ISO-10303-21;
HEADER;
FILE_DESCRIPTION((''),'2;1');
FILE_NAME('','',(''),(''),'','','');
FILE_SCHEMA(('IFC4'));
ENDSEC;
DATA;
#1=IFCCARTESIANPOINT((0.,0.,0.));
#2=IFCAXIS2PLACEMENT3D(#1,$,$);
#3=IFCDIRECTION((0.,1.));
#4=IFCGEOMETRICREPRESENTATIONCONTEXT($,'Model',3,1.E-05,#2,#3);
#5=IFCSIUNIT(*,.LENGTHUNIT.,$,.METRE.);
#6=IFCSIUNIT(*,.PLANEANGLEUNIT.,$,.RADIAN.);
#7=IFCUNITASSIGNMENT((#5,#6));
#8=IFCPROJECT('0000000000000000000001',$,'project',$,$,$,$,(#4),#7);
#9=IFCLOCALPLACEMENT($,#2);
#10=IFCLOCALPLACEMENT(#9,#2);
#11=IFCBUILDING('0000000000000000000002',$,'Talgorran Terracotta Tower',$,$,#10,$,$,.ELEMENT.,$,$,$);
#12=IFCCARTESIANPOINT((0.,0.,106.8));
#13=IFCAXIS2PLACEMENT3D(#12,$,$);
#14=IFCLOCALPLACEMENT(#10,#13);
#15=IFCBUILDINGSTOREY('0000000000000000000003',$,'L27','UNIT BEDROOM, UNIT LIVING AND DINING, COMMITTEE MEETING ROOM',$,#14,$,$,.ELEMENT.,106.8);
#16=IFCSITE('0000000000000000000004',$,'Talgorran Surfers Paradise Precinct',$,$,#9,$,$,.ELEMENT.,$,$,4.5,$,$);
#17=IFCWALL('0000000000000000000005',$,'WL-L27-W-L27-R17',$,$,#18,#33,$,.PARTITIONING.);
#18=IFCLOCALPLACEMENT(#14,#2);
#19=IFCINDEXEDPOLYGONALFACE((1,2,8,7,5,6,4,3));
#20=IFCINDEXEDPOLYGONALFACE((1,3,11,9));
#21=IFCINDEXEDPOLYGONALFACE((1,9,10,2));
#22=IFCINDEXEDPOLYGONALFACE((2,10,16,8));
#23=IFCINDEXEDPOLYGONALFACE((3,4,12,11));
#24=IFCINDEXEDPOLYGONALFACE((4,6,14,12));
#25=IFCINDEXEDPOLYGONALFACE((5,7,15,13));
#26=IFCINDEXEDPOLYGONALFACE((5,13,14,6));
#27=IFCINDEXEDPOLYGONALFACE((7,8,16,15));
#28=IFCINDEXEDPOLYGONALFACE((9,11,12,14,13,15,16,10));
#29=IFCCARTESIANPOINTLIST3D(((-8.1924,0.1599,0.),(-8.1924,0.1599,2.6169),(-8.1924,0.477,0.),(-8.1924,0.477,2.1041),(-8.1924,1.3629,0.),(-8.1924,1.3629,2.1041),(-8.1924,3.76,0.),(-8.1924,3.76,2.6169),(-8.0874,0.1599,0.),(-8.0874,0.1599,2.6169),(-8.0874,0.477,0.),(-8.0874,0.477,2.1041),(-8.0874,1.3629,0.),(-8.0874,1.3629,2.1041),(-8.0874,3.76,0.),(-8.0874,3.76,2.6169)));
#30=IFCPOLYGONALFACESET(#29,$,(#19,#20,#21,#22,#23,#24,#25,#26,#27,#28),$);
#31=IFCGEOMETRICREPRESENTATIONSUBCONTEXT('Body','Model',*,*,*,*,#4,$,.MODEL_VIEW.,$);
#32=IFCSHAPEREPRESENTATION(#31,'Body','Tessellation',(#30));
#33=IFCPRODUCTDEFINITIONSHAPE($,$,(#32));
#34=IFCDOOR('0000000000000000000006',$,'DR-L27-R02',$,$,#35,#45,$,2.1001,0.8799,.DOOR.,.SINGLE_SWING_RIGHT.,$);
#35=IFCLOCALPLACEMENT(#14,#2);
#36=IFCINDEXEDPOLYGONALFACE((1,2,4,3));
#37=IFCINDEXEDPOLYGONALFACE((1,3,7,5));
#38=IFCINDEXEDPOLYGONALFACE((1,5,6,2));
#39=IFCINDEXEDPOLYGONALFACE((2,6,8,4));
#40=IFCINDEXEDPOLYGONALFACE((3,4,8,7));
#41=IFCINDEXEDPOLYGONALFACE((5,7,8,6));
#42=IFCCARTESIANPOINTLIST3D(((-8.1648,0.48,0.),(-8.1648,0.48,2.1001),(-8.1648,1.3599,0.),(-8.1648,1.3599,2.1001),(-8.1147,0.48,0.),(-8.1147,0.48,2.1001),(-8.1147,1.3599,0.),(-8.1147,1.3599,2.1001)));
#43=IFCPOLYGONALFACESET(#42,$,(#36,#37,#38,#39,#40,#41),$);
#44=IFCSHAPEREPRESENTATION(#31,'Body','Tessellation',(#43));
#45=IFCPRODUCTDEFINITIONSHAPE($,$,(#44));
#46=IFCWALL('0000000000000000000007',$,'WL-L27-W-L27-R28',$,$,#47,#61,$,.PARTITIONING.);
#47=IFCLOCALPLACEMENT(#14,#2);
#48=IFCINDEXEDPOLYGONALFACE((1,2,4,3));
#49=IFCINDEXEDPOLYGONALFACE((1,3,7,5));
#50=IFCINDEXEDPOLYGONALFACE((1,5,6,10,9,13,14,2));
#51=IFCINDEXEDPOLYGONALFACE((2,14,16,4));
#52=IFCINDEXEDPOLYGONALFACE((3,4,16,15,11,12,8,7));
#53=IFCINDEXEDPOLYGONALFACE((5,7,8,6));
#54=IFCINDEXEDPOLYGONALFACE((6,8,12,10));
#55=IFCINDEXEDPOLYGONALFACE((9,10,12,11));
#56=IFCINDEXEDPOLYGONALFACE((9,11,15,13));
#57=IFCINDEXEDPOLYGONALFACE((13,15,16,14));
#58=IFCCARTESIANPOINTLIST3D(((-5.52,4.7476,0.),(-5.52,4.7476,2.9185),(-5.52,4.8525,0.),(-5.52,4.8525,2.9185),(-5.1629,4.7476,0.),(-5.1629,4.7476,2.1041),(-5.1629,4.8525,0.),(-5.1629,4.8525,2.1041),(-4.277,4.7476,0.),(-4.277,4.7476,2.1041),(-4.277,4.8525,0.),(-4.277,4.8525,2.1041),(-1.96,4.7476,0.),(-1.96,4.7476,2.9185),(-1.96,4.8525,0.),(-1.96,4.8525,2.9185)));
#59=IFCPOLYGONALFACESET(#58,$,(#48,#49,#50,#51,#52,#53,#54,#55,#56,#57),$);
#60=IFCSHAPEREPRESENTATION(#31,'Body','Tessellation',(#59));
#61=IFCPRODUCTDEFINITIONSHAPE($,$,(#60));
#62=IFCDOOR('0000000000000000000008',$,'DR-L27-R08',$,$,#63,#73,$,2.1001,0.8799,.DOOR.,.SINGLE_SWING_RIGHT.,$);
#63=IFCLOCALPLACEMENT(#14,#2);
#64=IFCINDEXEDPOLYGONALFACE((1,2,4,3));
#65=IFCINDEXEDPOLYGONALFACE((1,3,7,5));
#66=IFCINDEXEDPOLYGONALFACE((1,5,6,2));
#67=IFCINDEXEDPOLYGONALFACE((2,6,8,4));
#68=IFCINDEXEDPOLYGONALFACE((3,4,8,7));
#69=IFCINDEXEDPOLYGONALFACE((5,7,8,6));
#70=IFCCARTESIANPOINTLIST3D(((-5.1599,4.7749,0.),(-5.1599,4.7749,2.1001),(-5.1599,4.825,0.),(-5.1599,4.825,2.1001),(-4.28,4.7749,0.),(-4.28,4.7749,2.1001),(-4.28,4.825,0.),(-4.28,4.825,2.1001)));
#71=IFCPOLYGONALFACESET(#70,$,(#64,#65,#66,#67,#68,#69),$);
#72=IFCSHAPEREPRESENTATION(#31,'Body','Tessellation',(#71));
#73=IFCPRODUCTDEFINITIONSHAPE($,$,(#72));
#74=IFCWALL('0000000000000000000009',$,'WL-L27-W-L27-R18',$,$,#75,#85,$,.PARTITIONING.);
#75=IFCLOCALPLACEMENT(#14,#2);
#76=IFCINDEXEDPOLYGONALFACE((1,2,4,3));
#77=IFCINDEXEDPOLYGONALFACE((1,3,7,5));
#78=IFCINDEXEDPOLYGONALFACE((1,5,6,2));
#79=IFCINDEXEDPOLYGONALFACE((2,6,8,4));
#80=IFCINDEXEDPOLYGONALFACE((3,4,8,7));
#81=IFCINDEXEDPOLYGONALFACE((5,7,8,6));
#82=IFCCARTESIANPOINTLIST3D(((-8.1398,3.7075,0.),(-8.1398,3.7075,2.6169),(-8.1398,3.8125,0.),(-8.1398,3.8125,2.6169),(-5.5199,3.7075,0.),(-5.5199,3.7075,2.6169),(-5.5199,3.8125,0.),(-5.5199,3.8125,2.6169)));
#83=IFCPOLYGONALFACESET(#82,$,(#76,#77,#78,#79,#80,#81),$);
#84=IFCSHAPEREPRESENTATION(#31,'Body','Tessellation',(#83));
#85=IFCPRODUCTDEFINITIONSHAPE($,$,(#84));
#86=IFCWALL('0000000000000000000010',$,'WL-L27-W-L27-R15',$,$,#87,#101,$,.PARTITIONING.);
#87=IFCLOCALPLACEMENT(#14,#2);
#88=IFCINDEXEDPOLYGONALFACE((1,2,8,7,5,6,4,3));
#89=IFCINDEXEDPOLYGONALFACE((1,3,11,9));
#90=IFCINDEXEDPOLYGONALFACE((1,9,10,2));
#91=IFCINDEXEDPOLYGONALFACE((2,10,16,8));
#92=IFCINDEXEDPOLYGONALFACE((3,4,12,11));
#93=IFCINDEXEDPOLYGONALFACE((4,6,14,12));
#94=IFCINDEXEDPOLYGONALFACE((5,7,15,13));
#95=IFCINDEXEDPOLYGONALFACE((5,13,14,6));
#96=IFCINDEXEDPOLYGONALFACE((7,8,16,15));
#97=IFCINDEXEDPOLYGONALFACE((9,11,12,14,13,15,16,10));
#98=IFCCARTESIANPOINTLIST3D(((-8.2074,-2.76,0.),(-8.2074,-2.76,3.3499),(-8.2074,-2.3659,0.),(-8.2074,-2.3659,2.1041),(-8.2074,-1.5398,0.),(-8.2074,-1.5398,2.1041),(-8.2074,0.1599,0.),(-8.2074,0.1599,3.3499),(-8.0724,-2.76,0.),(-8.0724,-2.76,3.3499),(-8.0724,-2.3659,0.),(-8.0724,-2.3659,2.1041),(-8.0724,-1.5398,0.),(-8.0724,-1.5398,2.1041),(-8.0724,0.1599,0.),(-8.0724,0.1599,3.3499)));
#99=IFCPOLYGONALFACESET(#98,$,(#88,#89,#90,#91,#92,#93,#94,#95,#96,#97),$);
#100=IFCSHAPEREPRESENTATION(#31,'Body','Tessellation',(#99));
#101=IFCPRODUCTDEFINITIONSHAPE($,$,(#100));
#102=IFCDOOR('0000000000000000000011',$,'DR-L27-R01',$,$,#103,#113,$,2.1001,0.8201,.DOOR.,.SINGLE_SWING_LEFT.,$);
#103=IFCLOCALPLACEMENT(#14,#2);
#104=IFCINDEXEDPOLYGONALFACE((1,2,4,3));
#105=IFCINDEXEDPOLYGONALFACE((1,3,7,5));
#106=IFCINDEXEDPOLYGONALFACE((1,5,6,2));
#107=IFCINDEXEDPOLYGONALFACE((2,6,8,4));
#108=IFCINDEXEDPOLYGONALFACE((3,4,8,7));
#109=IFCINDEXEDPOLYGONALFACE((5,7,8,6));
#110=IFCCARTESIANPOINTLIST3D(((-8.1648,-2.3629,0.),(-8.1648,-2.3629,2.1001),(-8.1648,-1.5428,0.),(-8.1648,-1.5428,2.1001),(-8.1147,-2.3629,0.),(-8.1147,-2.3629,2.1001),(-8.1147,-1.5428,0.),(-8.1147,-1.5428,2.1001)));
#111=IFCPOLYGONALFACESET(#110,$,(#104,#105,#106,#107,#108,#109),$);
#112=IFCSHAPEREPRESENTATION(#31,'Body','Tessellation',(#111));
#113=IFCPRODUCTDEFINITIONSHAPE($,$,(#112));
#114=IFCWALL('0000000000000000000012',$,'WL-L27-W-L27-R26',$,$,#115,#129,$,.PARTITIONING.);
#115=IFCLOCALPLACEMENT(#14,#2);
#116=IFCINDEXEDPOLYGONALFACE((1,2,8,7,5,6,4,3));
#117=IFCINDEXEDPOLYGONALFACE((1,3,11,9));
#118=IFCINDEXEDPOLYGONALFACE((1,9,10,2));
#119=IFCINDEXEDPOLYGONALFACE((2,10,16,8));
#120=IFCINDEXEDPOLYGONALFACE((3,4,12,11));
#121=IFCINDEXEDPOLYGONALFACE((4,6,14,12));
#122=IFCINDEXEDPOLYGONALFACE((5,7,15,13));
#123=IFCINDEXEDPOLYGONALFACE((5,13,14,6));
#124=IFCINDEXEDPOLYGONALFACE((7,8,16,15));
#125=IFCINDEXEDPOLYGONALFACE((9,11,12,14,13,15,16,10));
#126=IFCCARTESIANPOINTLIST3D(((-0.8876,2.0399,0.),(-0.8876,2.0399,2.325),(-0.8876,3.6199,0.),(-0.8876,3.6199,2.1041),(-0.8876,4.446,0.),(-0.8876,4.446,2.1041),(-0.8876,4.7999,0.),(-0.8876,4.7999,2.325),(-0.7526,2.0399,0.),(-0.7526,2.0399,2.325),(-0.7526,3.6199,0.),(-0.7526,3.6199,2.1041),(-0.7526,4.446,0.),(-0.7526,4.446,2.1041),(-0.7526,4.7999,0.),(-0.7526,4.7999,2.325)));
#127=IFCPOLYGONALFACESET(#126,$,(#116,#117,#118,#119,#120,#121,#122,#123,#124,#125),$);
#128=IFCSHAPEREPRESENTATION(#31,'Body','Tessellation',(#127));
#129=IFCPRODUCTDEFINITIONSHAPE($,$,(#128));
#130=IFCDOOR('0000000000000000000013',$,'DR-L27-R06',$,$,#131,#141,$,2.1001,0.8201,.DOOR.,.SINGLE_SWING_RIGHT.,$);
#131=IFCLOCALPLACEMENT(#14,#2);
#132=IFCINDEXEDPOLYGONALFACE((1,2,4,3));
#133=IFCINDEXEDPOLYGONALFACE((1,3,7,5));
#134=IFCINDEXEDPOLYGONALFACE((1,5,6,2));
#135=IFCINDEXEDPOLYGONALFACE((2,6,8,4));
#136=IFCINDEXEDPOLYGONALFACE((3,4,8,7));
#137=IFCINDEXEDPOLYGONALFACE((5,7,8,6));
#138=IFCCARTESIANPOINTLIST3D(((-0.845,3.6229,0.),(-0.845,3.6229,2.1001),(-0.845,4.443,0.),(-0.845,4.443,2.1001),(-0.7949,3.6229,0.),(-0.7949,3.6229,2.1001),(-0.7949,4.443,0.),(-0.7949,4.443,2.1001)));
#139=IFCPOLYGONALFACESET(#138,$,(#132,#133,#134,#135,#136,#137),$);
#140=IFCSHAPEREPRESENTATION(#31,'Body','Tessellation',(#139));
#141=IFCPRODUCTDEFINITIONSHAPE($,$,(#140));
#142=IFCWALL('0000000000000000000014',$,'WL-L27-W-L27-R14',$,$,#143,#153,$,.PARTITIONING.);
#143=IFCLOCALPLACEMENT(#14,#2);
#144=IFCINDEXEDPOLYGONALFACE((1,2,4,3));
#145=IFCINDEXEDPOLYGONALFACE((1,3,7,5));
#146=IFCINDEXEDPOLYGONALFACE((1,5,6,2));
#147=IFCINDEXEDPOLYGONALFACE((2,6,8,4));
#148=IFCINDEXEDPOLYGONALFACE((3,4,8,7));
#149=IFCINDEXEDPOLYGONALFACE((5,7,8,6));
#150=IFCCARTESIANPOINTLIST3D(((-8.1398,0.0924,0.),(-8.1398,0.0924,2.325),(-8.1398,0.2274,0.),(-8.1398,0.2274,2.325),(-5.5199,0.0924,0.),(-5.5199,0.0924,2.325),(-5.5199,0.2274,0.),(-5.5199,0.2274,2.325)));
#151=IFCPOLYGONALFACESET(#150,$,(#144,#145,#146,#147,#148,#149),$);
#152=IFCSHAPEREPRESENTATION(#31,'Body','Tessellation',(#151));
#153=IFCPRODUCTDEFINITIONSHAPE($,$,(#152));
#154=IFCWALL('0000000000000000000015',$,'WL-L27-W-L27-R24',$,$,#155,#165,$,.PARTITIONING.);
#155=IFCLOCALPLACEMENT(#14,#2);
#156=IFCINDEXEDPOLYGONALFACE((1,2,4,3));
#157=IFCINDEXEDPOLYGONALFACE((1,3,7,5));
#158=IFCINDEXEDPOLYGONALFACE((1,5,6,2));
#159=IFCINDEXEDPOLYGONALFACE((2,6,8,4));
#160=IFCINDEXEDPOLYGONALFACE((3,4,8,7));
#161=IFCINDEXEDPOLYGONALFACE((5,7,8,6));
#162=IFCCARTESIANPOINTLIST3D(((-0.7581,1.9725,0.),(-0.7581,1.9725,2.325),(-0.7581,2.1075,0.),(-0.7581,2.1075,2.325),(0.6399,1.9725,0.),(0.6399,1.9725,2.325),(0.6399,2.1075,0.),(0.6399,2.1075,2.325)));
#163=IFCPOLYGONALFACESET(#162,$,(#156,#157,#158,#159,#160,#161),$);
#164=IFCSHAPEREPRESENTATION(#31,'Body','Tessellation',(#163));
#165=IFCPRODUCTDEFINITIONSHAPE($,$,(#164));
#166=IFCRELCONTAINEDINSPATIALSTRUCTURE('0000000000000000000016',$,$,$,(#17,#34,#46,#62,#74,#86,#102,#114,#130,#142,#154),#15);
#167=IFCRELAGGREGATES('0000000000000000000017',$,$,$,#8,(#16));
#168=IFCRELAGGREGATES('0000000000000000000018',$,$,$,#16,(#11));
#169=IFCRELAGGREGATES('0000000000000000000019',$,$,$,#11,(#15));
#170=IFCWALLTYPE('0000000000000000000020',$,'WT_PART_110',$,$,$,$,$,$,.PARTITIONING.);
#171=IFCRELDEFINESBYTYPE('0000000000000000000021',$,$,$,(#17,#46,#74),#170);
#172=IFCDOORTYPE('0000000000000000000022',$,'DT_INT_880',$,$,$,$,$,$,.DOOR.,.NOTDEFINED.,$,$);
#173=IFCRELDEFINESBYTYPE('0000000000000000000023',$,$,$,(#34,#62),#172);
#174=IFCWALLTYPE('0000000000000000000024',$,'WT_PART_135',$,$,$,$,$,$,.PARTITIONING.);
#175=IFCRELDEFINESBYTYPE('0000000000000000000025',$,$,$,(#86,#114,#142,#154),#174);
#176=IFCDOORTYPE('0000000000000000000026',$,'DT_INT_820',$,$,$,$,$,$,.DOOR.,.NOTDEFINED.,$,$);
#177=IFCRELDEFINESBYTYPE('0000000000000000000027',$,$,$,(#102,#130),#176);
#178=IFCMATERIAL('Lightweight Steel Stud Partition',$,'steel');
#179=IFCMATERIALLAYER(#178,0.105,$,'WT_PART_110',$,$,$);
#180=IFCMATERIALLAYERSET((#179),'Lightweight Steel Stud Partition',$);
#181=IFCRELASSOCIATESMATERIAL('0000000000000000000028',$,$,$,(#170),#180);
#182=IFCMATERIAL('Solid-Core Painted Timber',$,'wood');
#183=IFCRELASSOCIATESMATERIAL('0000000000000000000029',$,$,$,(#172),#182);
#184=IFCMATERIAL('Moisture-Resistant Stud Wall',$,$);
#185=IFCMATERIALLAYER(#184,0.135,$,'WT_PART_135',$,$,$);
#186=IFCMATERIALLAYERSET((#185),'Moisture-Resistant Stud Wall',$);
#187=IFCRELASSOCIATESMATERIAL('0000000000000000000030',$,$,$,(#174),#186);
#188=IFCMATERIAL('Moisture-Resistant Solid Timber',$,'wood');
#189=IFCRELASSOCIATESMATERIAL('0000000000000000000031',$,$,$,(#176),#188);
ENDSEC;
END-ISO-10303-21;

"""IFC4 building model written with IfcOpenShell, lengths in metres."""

from ifc_helpers import new_model, si_unit, direction, frame, frame_2d, origin, place, context, subcontext, project, spatial, rectangle, extrude, material, layer, layer_set, type_object, element, fill, save


model = new_model("IFC4")

# Units and contexts
model_context = context("Model", 3, precision=1e-05, world=origin(), true_north=direction((0.0, 1.0)))
body_context = subcontext(model_context, "Body", "Model", "MODEL_VIEW")
ifc_project = project(units=[si_unit("LENGTHUNIT", "METRE"), si_unit("PLANEANGLEUNIT", "RADIAN")], contexts=[model_context])

# Site, building, storey
site_placement = place(None, origin())
site = spatial("IfcSite", under=ifc_project, at=site_placement, Name="Talgorran Surfers Paradise Precinct", CompositionType="ELEMENT", RefElevation=4.5)
building_placement = place(site_placement, origin())
building = spatial("IfcBuilding", under=site, at=building_placement, Name="Talgorran Terracotta Tower", CompositionType="ELEMENT")
storey_placement = place(building_placement, frame((0.0, 0.0, 106.8)))
storey = spatial("IfcBuildingStorey", under=building, at=storey_placement, Name="L27", Description="UNIT BEDROOM, UNIT LIVING AND DINING, COMMITTEE MEETING ROOM", CompositionType="ELEMENT", Elevation=106.8)

# Walls, openings, doors
ifc_material_1 = material(Name="Lightweight Steel Stud Partition", Category="steel")
ifc_layer_1 = layer(ifc_material_1, 0.105, Name="WT_PART_110")
ifc_layer_set_1 = layer_set([ifc_layer_1], Name="Lightweight Steel Stud Partition")
wall_type_1 = type_object("IfcWallType", Name="WT_PART_110", PredefinedType="PARTITIONING", material=ifc_layer_set_1)
ifc_material_2 = material(Name="Solid-Core Painted Timber", Category="wood")
door_type_1 = type_object("IfcDoorType", Name="DT_INT_880", OperationType="NOTDEFINED", PredefinedType="DOOR", material=ifc_material_2)
wall_1_placement = place(storey_placement, frame((-8.1399, 0.1599, 0.0), z_axis=(0.0, 0.0, 1.0), x_axis=(0.0, 1.0, 0.0)))
wall_1 = element("IfcWall", 1, at=wall_1_placement, inside=storey, type_object=wall_type_1, Name="WL-L27-W-L27-R17", PredefinedType="PARTITIONING", context=body_context, shape_type="SweptSolid", body=[
    extrude(rectangle(XDim=3.6001, YDim=0.105, at=frame_2d((1.8, 0.0))), origin(), (0.0, 0.0, 1.0), 2.6169),
])
opening_1_placement = place(wall_1_placement, frame((0.3201, 0.0, 0.0)))
opening_1 = element("IfcOpeningElement", 2, at=opening_1_placement, cuts=wall_1, PredefinedType="OPENING", context=body_context, shape_type="SweptSolid", body=[
    extrude(rectangle(XDim=0.8859, YDim=2.1041, at=frame_2d((0.4399, 1.052))), frame((0.0, 0.0625, 0.0), z_axis=(0.0, -1.0, 0.0), x_axis=(1.0, 0.0, 0.0)), (0.0, 0.0, 1.0), 0.125),
])
door_1_placement = place(opening_1_placement, origin())
door_1 = element("IfcDoor", 3, at=door_1_placement, inside=storey, type_object=door_type_1, Name="DR-L27-R02", OperationType="SINGLE_SWING_RIGHT", OverallHeight=2.1001, OverallWidth=0.8799, PredefinedType="DOOR", context=body_context, shape_type="SweptSolid", body=[
    extrude(rectangle(XDim=0.8799, YDim=2.1001, at=frame_2d((0.4399, 1.05))), frame((0.0, 0.0249, 0.0), z_axis=(0.0, -1.0, 0.0), x_axis=(1.0, 0.0, 0.0)), (0.0, 0.0, 1.0), 0.05),
])
fill(opening_1, door_1)
wall_2_placement = place(storey_placement, frame((-5.52, 4.8, 0.0), z_axis=(0.0, 0.0, 1.0), x_axis=(1.0, 0.0, 0.0)))
wall_2 = element("IfcWall", 4, at=wall_2_placement, inside=storey, type_object=wall_type_1, Name="WL-L27-W-L27-R28", PredefinedType="PARTITIONING", context=body_context, shape_type="SweptSolid", body=[
    extrude(rectangle(XDim=3.5601, YDim=0.105, at=frame_2d((1.78, 0.0))), origin(), (0.0, 0.0, 1.0), 2.9185),
])
opening_2_placement = place(wall_2_placement, frame((0.3601, 0.0, 0.0)))
opening_2 = element("IfcOpeningElement", 5, at=opening_2_placement, cuts=wall_2, PredefinedType="OPENING", context=body_context, shape_type="SweptSolid", body=[
    extrude(rectangle(XDim=0.8859, YDim=2.1041, at=frame_2d((0.4399, 1.052))), frame((0.0, 0.0625, 0.0), z_axis=(0.0, -1.0, 0.0), x_axis=(1.0, 0.0, 0.0)), (0.0, 0.0, 1.0), 0.125),
])
door_2_placement = place(opening_2_placement, origin())
door_2 = element("IfcDoor", 6, at=door_2_placement, inside=storey, type_object=door_type_1, Name="DR-L27-R08", OperationType="SINGLE_SWING_RIGHT", OverallHeight=2.1001, OverallWidth=0.8799, PredefinedType="DOOR", context=body_context, shape_type="SweptSolid", body=[
    extrude(rectangle(XDim=0.8799, YDim=2.1001, at=frame_2d((0.4399, 1.05))), frame((0.0, 0.0249, 0.0), z_axis=(0.0, -1.0, 0.0), x_axis=(1.0, 0.0, 0.0)), (0.0, 0.0, 1.0), 0.05),
])
fill(opening_2, door_2)

# Wall
wall_3_placement = place(storey_placement, frame((-8.1399, 3.76, 0.0), z_axis=(0.0, 0.0, 1.0), x_axis=(1.0, 0.0, 0.0)))
element("IfcWall", 7, at=wall_3_placement, inside=storey, type_object=wall_type_1, Name="WL-L27-W-L27-R18", PredefinedType="PARTITIONING", context=body_context, shape_type="SweptSolid", body=[
    extrude(rectangle(XDim=2.6199, YDim=0.105, at=frame_2d((1.3101, 0.0))), origin(), (0.0, 0.0, 1.0), 2.6169),
])

# Walls, openings, doors
ifc_material_3 = material(Name="Moisture-Resistant Stud Wall")
ifc_layer_2 = layer(ifc_material_3, 0.135, Name="WT_PART_135")
ifc_layer_set_2 = layer_set([ifc_layer_2], Name="Moisture-Resistant Stud Wall")
wall_type_2 = type_object("IfcWallType", Name="WT_PART_135", PredefinedType="PARTITIONING", material=ifc_layer_set_2)
wall_4_placement = place(storey_placement, frame((-8.1399, -2.76, 0.0), z_axis=(0.0, 0.0, 1.0), x_axis=(0.0, 1.0, 0.0)))
wall_4 = element("IfcWall", 8, at=wall_4_placement, inside=storey, type_object=wall_type_2, Name="WL-L27-W-L27-R15", PredefinedType="PARTITIONING", context=body_context, shape_type="SweptSolid", body=[
    extrude(rectangle(XDim=2.9199, YDim=0.135, at=frame_2d((1.46, 0.0))), origin(), (0.0, 0.0, 1.0), 3.3499),
])
opening_3_placement = place(wall_4_placement, frame((0.397, 0.0, 0.0)))
opening_3 = element("IfcOpeningElement", 9, at=opening_3_placement, cuts=wall_4, PredefinedType="OPENING", context=body_context, shape_type="SweptSolid", body=[
    extrude(rectangle(XDim=0.8261, YDim=2.1041, at=frame_2d((0.4102, 1.052))), frame((0.0, 0.0776, 0.0), z_axis=(0.0, -1.0, 0.0), x_axis=(1.0, 0.0, 0.0)), (0.0, 0.0, 1.0), 0.155),
])
ifc_material_4 = material(Name="Moisture-Resistant Solid Timber", Category="wood")
door_type_2 = type_object("IfcDoorType", Name="DT_INT_820", OperationType="NOTDEFINED", PredefinedType="DOOR", material=ifc_material_4)
door_3_placement = place(opening_3_placement, origin())
door_3 = element("IfcDoor", 10, at=door_3_placement, inside=storey, type_object=door_type_2, Name="DR-L27-R01", OperationType="SINGLE_SWING_LEFT", OverallHeight=2.1001, OverallWidth=0.8201, PredefinedType="DOOR", context=body_context, shape_type="SweptSolid", body=[
    extrude(rectangle(XDim=0.8201, YDim=2.1001, at=frame_2d((0.4102, 1.05))), frame((0.0, 0.0249, 0.0), z_axis=(0.0, -1.0, 0.0), x_axis=(1.0, 0.0, 0.0)), (0.0, 0.0, 1.0), 0.05),
])
fill(opening_3, door_3)
wall_5_placement = place(storey_placement, frame((-0.8201, 2.04, 0.0), z_axis=(0.0, 0.0, 1.0), x_axis=(0.0, 1.0, 0.0)))
wall_5 = element("IfcWall", 11, at=wall_5_placement, inside=storey, type_object=wall_type_2, Name="WL-L27-W-L27-R26", PredefinedType="PARTITIONING", context=body_context, shape_type="SweptSolid", body=[
    extrude(rectangle(XDim=2.76, YDim=0.135, at=frame_2d((1.3799, 0.0))), origin(), (0.0, 0.0, 1.0), 2.325),
])
opening_4_placement = place(wall_5_placement, frame((1.5828, 0.0, 0.0)))
opening_4 = element("IfcOpeningElement", 12, at=opening_4_placement, cuts=wall_5, PredefinedType="OPENING", context=body_context, shape_type="SweptSolid", body=[
    extrude(rectangle(XDim=0.8261, YDim=2.1041, at=frame_2d((0.4102, 1.052))), frame((0.0, 0.0776, 0.0), z_axis=(0.0, -1.0, 0.0), x_axis=(1.0, 0.0, 0.0)), (0.0, 0.0, 1.0), 0.155),
])
door_4_placement = place(opening_4_placement, origin())
door_4 = element("IfcDoor", 13, at=door_4_placement, inside=storey, type_object=door_type_2, Name="DR-L27-R06", OperationType="SINGLE_SWING_RIGHT", OverallHeight=2.1001, OverallWidth=0.8201, PredefinedType="DOOR", context=body_context, shape_type="SweptSolid", body=[
    extrude(rectangle(XDim=0.8201, YDim=2.1001, at=frame_2d((0.4102, 1.05))), frame((0.0, 0.0249, 0.0), z_axis=(0.0, -1.0, 0.0), x_axis=(1.0, 0.0, 0.0)), (0.0, 0.0, 1.0), 0.05),
])
fill(opening_4, door_4)

# Walls
wall_6_placement = place(storey_placement, frame((-8.1399, 0.1599, 0.0), z_axis=(0.0, 0.0, 1.0), x_axis=(1.0, 0.0, 0.0)))
element("IfcWall", 14, at=wall_6_placement, inside=storey, type_object=wall_type_2, Name="WL-L27-W-L27-R14", PredefinedType="PARTITIONING", context=body_context, shape_type="SweptSolid", body=[
    extrude(rectangle(XDim=2.6199, YDim=0.135, at=frame_2d((1.3101, 0.0))), origin(), (0.0, 0.0, 1.0), 2.325),
])
wall_7_placement = place(storey_placement, frame((-0.7581, 2.04, 0.0), z_axis=(0.0, 0.0, 1.0), x_axis=(1.0, 0.0, 0.0)))
element("IfcWall", 15, at=wall_7_placement, inside=storey, type_object=wall_type_2, Name="WL-L27-W-L27-R24", PredefinedType="PARTITIONING", context=body_context, shape_type="SweptSolid", body=[
    extrude(rectangle(XDim=1.3979, YDim=0.135, at=frame_2d((0.699, 0.0))), origin(), (0.0, 0.0, 1.0), 2.325),
])

save(model, "model.ifc")
